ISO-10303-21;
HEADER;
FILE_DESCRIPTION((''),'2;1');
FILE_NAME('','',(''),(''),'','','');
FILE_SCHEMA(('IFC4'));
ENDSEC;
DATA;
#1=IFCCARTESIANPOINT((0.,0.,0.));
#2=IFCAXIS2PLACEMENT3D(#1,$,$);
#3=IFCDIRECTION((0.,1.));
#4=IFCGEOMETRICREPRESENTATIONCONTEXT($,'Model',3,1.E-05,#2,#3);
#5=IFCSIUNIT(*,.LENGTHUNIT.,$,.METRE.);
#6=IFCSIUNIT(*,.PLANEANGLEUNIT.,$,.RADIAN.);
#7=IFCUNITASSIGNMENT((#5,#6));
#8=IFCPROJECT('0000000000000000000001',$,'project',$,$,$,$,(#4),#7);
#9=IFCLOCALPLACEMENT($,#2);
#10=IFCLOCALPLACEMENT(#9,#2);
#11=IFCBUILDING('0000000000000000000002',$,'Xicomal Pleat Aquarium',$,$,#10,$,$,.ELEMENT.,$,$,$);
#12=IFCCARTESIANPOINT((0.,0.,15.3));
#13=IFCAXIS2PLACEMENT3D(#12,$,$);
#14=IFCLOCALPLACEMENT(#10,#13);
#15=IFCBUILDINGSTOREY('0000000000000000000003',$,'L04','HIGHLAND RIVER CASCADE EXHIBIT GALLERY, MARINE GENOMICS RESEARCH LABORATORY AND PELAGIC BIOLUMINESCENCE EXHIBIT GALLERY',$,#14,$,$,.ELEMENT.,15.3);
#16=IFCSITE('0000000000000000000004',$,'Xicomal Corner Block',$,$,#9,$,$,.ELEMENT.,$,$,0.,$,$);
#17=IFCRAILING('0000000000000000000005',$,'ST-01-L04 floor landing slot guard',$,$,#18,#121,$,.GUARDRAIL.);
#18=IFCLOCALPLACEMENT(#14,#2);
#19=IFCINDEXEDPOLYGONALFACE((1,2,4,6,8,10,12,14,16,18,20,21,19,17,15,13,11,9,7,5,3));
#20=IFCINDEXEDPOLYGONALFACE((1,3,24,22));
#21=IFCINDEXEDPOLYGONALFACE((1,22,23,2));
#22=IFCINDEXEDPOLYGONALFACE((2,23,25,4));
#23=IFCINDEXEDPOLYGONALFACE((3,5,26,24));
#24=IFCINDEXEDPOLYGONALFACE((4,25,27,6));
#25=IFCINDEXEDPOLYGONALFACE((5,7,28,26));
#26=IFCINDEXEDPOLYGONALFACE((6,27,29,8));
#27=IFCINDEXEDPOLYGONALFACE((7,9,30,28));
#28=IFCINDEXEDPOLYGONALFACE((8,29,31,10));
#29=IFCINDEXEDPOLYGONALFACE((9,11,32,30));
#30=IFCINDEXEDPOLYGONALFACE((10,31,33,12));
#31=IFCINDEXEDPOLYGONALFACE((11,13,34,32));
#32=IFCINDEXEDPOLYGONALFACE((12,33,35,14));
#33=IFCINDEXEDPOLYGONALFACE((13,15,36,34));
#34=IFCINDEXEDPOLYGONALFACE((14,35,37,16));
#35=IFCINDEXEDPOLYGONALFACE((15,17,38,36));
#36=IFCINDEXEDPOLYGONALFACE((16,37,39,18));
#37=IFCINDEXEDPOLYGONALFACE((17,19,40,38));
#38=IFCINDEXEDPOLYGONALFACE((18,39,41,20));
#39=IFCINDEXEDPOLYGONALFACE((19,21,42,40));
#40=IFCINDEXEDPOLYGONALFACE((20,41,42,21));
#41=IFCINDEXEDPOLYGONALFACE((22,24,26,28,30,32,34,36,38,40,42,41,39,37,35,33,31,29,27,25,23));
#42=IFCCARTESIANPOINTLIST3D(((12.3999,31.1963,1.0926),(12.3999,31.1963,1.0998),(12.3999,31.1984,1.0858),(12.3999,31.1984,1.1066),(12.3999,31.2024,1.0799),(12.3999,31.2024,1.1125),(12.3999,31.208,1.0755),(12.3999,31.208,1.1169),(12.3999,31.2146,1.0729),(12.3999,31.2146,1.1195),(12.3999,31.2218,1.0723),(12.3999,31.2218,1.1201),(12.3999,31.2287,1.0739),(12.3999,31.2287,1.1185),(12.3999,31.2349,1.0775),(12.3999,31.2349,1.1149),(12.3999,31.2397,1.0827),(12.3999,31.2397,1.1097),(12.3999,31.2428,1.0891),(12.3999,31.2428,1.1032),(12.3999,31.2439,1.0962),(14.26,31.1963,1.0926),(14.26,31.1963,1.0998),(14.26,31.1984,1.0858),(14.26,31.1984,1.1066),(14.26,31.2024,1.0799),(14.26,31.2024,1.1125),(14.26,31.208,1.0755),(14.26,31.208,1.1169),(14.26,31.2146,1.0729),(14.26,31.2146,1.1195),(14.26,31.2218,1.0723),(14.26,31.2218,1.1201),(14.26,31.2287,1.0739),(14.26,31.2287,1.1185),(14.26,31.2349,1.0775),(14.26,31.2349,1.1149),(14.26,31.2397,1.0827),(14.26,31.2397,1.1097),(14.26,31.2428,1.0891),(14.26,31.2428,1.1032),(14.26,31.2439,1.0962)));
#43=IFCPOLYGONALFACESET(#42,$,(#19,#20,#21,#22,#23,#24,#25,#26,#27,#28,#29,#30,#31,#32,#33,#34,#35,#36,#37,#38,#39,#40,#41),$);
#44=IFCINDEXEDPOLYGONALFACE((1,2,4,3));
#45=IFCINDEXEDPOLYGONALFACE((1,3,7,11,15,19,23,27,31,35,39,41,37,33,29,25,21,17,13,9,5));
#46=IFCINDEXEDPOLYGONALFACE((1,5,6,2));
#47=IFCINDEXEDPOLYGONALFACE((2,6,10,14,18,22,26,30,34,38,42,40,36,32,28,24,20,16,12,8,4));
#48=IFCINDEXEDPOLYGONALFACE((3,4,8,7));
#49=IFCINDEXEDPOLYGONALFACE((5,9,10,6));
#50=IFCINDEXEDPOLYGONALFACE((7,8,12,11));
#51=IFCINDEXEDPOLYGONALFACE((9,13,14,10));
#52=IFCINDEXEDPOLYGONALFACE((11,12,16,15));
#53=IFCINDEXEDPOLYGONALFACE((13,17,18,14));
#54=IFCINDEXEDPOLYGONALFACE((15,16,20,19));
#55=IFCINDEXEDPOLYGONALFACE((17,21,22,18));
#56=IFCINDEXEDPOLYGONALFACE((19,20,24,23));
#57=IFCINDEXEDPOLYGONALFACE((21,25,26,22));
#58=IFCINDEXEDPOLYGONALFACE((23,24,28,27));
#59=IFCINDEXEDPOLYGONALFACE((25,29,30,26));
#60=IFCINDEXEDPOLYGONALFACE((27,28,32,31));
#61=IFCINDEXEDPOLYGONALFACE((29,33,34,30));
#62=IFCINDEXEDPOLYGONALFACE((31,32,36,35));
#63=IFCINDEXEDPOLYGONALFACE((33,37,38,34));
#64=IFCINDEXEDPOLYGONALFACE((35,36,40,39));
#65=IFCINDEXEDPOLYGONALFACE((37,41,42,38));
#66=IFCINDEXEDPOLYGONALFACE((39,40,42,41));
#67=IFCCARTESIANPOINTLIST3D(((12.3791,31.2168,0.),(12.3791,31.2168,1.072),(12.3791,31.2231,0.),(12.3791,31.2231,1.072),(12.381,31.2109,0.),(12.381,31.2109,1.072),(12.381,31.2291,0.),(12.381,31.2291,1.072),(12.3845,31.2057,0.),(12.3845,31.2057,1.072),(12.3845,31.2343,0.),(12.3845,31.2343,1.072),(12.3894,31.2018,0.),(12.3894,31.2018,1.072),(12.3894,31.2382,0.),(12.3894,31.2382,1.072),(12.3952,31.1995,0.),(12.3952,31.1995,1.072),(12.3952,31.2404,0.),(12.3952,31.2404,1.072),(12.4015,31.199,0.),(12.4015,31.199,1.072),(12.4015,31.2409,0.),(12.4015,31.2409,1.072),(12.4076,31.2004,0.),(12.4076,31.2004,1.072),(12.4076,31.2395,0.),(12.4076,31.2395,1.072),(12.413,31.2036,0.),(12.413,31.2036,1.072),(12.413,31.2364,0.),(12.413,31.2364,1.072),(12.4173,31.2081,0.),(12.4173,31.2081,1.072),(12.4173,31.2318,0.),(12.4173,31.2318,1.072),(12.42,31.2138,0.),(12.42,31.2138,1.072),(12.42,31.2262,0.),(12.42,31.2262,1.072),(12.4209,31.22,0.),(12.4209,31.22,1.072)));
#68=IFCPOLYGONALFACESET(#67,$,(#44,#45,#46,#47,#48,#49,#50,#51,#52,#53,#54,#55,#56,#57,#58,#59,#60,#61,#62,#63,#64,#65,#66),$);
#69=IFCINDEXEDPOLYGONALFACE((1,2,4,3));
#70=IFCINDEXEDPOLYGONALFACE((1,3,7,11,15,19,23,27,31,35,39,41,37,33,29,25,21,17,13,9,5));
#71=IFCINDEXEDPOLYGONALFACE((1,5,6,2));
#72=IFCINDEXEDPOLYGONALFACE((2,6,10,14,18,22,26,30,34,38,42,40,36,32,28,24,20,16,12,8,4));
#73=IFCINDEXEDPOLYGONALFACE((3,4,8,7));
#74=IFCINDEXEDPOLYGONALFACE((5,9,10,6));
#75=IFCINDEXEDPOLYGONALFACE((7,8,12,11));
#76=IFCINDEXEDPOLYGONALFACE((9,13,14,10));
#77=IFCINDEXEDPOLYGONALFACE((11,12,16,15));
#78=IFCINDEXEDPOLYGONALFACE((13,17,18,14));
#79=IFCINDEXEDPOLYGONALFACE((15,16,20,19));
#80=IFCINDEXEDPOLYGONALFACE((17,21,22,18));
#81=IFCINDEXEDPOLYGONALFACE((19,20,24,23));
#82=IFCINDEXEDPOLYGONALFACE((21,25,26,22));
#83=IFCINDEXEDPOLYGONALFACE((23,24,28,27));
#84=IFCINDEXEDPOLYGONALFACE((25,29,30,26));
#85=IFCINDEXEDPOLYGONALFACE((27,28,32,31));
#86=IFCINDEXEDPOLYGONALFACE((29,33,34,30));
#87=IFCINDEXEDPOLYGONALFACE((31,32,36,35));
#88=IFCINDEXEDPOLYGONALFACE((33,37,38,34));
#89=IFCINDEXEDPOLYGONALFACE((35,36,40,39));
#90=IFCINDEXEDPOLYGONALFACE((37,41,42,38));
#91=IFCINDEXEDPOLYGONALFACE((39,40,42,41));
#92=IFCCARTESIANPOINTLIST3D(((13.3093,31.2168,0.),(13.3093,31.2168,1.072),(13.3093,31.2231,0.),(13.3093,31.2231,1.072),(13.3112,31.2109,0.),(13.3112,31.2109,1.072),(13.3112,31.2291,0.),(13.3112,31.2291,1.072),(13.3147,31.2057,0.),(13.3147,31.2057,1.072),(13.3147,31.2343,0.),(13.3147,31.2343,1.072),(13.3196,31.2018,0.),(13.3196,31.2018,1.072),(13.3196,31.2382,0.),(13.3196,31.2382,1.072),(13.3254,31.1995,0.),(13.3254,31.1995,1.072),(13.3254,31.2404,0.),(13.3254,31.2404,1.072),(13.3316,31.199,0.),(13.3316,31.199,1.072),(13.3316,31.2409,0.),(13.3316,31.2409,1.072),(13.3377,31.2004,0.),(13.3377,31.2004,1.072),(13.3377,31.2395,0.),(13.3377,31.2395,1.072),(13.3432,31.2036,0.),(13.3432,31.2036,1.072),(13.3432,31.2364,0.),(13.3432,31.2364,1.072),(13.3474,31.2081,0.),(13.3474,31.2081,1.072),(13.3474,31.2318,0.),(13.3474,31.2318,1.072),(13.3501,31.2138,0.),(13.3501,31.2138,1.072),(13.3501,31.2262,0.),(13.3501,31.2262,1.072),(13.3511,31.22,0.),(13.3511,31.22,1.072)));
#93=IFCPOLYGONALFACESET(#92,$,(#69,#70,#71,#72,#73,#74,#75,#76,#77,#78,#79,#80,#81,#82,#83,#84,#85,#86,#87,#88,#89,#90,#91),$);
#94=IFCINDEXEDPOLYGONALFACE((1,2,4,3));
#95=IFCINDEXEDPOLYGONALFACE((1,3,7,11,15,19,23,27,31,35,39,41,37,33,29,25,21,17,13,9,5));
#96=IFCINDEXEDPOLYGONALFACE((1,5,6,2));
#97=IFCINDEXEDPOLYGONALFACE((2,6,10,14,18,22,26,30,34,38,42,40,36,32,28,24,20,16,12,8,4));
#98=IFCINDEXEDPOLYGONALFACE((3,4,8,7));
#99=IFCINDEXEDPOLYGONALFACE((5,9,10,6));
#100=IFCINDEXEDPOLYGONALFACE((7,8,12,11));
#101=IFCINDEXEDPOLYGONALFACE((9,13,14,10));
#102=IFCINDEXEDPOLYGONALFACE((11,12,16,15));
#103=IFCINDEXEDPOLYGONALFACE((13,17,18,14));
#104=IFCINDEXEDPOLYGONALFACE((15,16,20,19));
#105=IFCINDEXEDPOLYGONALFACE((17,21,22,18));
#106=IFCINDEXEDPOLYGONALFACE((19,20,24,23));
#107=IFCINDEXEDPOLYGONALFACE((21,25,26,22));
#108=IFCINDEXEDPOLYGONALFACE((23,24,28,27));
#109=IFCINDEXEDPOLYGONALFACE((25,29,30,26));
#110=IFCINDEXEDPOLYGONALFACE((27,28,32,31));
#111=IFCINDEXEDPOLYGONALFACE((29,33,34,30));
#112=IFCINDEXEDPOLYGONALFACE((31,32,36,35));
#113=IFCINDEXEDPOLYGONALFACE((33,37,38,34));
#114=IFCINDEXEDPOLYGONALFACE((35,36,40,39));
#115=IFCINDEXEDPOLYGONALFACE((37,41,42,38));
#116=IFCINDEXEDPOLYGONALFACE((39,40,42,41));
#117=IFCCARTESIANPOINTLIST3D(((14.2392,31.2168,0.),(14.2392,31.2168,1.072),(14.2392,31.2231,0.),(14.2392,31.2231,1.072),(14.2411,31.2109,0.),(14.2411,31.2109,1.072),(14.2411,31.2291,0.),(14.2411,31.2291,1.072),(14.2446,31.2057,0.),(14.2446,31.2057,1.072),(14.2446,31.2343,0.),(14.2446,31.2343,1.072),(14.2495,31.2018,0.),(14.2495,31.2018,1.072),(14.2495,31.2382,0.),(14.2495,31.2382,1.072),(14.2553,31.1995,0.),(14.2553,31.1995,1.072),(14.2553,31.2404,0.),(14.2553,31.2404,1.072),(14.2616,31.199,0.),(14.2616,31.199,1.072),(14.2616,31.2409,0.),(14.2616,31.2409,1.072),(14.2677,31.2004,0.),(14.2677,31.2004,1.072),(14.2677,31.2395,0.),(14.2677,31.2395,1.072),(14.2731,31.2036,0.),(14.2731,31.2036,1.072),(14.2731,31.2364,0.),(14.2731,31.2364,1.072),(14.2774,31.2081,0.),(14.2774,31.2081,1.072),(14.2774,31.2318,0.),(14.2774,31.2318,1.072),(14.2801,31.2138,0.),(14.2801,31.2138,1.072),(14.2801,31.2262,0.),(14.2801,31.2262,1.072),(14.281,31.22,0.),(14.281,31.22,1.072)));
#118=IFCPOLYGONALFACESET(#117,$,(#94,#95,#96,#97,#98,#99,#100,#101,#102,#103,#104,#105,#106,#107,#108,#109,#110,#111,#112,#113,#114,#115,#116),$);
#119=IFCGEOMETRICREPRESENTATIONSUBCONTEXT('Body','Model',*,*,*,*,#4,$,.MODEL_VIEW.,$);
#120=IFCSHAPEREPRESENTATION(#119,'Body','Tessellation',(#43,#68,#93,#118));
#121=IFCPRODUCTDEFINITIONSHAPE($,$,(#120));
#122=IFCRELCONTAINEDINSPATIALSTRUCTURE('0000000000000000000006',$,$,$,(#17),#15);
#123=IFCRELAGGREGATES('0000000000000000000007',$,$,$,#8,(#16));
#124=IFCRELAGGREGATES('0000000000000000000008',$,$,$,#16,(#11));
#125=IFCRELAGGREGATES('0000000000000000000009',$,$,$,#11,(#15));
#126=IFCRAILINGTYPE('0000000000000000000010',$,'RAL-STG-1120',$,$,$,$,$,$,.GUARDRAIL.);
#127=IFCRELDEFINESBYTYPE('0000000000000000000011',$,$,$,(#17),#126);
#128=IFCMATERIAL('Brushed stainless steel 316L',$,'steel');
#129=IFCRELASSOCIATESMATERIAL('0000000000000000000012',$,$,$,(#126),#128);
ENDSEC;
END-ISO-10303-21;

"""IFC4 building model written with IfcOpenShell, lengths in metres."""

from ifc_helpers import new_model, si_unit, direction, frame, origin, origin_2d, place, context, subcontext, project, spatial, circle, extrude, material, type_object, element, save


model = new_model("IFC4")

# Units and contexts
model_context = context("Model", 3, precision=1e-05, world=origin(), true_north=direction((0.0, 1.0)))
body_context = subcontext(model_context, "Body", "Model", "MODEL_VIEW")
ifc_project = project(units=[si_unit("LENGTHUNIT", "METRE"), si_unit("PLANEANGLEUNIT", "RADIAN")], contexts=[model_context])

# Site, building, storey
site_placement = place(None, origin())
site = spatial("IfcSite", under=ifc_project, at=site_placement, Name="Xicomal Corner Block", CompositionType="ELEMENT", RefElevation=0.0)
building_placement = place(site_placement, origin())
building = spatial("IfcBuilding", under=site, at=building_placement, Name="Xicomal Pleat Aquarium", CompositionType="ELEMENT")
storey_placement = place(building_placement, frame((0.0, 0.0, 15.3)))
storey = spatial("IfcBuildingStorey", under=building, at=storey_placement, Name="L04", Description="HIGHLAND RIVER CASCADE EXHIBIT GALLERY, MARINE GENOMICS RESEARCH LABORATORY AND PELAGIC BIOLUMINESCENCE EXHIBIT GALLERY", CompositionType="ELEMENT", Elevation=15.3)

# Railing
ifc_material_1 = material(Name="Brushed stainless steel 316L", Category="steel")
railing_type_1 = type_object("IfcRailingType", Name="RAL-STG-1120", PredefinedType="GUARDRAIL", material=ifc_material_1)
railing_1_placement = place(storey_placement, frame((12.3999, 31.22, 0.0)))
element("IfcRailing", 1, at=railing_1_placement, inside=storey, type_object=railing_type_1, Name="ST-01-L04 floor landing slot guard", PredefinedType="GUARDRAIL", context=body_context, shape_type="SweptSolid", body=[
    extrude(circle(Radius=0.0239, at=origin_2d()), frame((0.0, 0.0, 1.0962), z_axis=(1.0, 0.0, 0.0), x_axis=(0.0, 1.0, 0.0)), (0.0, 0.0, 1.0), 1.8601),
    extrude(circle(Radius=0.021, at=origin_2d()), origin(), (0.0, 0.0, 1.0), 1.072),
    extrude(circle(Radius=0.021, at=origin_2d()), frame((0.9302, 0.0, 0.0)), (0.0, 0.0, 1.0), 1.072),
    extrude(circle(Radius=0.021, at=origin_2d()), frame((1.8601, 0.0, 0.0)), (0.0, 0.0, 1.0), 1.072),
])

save(model, "model.ifc")
